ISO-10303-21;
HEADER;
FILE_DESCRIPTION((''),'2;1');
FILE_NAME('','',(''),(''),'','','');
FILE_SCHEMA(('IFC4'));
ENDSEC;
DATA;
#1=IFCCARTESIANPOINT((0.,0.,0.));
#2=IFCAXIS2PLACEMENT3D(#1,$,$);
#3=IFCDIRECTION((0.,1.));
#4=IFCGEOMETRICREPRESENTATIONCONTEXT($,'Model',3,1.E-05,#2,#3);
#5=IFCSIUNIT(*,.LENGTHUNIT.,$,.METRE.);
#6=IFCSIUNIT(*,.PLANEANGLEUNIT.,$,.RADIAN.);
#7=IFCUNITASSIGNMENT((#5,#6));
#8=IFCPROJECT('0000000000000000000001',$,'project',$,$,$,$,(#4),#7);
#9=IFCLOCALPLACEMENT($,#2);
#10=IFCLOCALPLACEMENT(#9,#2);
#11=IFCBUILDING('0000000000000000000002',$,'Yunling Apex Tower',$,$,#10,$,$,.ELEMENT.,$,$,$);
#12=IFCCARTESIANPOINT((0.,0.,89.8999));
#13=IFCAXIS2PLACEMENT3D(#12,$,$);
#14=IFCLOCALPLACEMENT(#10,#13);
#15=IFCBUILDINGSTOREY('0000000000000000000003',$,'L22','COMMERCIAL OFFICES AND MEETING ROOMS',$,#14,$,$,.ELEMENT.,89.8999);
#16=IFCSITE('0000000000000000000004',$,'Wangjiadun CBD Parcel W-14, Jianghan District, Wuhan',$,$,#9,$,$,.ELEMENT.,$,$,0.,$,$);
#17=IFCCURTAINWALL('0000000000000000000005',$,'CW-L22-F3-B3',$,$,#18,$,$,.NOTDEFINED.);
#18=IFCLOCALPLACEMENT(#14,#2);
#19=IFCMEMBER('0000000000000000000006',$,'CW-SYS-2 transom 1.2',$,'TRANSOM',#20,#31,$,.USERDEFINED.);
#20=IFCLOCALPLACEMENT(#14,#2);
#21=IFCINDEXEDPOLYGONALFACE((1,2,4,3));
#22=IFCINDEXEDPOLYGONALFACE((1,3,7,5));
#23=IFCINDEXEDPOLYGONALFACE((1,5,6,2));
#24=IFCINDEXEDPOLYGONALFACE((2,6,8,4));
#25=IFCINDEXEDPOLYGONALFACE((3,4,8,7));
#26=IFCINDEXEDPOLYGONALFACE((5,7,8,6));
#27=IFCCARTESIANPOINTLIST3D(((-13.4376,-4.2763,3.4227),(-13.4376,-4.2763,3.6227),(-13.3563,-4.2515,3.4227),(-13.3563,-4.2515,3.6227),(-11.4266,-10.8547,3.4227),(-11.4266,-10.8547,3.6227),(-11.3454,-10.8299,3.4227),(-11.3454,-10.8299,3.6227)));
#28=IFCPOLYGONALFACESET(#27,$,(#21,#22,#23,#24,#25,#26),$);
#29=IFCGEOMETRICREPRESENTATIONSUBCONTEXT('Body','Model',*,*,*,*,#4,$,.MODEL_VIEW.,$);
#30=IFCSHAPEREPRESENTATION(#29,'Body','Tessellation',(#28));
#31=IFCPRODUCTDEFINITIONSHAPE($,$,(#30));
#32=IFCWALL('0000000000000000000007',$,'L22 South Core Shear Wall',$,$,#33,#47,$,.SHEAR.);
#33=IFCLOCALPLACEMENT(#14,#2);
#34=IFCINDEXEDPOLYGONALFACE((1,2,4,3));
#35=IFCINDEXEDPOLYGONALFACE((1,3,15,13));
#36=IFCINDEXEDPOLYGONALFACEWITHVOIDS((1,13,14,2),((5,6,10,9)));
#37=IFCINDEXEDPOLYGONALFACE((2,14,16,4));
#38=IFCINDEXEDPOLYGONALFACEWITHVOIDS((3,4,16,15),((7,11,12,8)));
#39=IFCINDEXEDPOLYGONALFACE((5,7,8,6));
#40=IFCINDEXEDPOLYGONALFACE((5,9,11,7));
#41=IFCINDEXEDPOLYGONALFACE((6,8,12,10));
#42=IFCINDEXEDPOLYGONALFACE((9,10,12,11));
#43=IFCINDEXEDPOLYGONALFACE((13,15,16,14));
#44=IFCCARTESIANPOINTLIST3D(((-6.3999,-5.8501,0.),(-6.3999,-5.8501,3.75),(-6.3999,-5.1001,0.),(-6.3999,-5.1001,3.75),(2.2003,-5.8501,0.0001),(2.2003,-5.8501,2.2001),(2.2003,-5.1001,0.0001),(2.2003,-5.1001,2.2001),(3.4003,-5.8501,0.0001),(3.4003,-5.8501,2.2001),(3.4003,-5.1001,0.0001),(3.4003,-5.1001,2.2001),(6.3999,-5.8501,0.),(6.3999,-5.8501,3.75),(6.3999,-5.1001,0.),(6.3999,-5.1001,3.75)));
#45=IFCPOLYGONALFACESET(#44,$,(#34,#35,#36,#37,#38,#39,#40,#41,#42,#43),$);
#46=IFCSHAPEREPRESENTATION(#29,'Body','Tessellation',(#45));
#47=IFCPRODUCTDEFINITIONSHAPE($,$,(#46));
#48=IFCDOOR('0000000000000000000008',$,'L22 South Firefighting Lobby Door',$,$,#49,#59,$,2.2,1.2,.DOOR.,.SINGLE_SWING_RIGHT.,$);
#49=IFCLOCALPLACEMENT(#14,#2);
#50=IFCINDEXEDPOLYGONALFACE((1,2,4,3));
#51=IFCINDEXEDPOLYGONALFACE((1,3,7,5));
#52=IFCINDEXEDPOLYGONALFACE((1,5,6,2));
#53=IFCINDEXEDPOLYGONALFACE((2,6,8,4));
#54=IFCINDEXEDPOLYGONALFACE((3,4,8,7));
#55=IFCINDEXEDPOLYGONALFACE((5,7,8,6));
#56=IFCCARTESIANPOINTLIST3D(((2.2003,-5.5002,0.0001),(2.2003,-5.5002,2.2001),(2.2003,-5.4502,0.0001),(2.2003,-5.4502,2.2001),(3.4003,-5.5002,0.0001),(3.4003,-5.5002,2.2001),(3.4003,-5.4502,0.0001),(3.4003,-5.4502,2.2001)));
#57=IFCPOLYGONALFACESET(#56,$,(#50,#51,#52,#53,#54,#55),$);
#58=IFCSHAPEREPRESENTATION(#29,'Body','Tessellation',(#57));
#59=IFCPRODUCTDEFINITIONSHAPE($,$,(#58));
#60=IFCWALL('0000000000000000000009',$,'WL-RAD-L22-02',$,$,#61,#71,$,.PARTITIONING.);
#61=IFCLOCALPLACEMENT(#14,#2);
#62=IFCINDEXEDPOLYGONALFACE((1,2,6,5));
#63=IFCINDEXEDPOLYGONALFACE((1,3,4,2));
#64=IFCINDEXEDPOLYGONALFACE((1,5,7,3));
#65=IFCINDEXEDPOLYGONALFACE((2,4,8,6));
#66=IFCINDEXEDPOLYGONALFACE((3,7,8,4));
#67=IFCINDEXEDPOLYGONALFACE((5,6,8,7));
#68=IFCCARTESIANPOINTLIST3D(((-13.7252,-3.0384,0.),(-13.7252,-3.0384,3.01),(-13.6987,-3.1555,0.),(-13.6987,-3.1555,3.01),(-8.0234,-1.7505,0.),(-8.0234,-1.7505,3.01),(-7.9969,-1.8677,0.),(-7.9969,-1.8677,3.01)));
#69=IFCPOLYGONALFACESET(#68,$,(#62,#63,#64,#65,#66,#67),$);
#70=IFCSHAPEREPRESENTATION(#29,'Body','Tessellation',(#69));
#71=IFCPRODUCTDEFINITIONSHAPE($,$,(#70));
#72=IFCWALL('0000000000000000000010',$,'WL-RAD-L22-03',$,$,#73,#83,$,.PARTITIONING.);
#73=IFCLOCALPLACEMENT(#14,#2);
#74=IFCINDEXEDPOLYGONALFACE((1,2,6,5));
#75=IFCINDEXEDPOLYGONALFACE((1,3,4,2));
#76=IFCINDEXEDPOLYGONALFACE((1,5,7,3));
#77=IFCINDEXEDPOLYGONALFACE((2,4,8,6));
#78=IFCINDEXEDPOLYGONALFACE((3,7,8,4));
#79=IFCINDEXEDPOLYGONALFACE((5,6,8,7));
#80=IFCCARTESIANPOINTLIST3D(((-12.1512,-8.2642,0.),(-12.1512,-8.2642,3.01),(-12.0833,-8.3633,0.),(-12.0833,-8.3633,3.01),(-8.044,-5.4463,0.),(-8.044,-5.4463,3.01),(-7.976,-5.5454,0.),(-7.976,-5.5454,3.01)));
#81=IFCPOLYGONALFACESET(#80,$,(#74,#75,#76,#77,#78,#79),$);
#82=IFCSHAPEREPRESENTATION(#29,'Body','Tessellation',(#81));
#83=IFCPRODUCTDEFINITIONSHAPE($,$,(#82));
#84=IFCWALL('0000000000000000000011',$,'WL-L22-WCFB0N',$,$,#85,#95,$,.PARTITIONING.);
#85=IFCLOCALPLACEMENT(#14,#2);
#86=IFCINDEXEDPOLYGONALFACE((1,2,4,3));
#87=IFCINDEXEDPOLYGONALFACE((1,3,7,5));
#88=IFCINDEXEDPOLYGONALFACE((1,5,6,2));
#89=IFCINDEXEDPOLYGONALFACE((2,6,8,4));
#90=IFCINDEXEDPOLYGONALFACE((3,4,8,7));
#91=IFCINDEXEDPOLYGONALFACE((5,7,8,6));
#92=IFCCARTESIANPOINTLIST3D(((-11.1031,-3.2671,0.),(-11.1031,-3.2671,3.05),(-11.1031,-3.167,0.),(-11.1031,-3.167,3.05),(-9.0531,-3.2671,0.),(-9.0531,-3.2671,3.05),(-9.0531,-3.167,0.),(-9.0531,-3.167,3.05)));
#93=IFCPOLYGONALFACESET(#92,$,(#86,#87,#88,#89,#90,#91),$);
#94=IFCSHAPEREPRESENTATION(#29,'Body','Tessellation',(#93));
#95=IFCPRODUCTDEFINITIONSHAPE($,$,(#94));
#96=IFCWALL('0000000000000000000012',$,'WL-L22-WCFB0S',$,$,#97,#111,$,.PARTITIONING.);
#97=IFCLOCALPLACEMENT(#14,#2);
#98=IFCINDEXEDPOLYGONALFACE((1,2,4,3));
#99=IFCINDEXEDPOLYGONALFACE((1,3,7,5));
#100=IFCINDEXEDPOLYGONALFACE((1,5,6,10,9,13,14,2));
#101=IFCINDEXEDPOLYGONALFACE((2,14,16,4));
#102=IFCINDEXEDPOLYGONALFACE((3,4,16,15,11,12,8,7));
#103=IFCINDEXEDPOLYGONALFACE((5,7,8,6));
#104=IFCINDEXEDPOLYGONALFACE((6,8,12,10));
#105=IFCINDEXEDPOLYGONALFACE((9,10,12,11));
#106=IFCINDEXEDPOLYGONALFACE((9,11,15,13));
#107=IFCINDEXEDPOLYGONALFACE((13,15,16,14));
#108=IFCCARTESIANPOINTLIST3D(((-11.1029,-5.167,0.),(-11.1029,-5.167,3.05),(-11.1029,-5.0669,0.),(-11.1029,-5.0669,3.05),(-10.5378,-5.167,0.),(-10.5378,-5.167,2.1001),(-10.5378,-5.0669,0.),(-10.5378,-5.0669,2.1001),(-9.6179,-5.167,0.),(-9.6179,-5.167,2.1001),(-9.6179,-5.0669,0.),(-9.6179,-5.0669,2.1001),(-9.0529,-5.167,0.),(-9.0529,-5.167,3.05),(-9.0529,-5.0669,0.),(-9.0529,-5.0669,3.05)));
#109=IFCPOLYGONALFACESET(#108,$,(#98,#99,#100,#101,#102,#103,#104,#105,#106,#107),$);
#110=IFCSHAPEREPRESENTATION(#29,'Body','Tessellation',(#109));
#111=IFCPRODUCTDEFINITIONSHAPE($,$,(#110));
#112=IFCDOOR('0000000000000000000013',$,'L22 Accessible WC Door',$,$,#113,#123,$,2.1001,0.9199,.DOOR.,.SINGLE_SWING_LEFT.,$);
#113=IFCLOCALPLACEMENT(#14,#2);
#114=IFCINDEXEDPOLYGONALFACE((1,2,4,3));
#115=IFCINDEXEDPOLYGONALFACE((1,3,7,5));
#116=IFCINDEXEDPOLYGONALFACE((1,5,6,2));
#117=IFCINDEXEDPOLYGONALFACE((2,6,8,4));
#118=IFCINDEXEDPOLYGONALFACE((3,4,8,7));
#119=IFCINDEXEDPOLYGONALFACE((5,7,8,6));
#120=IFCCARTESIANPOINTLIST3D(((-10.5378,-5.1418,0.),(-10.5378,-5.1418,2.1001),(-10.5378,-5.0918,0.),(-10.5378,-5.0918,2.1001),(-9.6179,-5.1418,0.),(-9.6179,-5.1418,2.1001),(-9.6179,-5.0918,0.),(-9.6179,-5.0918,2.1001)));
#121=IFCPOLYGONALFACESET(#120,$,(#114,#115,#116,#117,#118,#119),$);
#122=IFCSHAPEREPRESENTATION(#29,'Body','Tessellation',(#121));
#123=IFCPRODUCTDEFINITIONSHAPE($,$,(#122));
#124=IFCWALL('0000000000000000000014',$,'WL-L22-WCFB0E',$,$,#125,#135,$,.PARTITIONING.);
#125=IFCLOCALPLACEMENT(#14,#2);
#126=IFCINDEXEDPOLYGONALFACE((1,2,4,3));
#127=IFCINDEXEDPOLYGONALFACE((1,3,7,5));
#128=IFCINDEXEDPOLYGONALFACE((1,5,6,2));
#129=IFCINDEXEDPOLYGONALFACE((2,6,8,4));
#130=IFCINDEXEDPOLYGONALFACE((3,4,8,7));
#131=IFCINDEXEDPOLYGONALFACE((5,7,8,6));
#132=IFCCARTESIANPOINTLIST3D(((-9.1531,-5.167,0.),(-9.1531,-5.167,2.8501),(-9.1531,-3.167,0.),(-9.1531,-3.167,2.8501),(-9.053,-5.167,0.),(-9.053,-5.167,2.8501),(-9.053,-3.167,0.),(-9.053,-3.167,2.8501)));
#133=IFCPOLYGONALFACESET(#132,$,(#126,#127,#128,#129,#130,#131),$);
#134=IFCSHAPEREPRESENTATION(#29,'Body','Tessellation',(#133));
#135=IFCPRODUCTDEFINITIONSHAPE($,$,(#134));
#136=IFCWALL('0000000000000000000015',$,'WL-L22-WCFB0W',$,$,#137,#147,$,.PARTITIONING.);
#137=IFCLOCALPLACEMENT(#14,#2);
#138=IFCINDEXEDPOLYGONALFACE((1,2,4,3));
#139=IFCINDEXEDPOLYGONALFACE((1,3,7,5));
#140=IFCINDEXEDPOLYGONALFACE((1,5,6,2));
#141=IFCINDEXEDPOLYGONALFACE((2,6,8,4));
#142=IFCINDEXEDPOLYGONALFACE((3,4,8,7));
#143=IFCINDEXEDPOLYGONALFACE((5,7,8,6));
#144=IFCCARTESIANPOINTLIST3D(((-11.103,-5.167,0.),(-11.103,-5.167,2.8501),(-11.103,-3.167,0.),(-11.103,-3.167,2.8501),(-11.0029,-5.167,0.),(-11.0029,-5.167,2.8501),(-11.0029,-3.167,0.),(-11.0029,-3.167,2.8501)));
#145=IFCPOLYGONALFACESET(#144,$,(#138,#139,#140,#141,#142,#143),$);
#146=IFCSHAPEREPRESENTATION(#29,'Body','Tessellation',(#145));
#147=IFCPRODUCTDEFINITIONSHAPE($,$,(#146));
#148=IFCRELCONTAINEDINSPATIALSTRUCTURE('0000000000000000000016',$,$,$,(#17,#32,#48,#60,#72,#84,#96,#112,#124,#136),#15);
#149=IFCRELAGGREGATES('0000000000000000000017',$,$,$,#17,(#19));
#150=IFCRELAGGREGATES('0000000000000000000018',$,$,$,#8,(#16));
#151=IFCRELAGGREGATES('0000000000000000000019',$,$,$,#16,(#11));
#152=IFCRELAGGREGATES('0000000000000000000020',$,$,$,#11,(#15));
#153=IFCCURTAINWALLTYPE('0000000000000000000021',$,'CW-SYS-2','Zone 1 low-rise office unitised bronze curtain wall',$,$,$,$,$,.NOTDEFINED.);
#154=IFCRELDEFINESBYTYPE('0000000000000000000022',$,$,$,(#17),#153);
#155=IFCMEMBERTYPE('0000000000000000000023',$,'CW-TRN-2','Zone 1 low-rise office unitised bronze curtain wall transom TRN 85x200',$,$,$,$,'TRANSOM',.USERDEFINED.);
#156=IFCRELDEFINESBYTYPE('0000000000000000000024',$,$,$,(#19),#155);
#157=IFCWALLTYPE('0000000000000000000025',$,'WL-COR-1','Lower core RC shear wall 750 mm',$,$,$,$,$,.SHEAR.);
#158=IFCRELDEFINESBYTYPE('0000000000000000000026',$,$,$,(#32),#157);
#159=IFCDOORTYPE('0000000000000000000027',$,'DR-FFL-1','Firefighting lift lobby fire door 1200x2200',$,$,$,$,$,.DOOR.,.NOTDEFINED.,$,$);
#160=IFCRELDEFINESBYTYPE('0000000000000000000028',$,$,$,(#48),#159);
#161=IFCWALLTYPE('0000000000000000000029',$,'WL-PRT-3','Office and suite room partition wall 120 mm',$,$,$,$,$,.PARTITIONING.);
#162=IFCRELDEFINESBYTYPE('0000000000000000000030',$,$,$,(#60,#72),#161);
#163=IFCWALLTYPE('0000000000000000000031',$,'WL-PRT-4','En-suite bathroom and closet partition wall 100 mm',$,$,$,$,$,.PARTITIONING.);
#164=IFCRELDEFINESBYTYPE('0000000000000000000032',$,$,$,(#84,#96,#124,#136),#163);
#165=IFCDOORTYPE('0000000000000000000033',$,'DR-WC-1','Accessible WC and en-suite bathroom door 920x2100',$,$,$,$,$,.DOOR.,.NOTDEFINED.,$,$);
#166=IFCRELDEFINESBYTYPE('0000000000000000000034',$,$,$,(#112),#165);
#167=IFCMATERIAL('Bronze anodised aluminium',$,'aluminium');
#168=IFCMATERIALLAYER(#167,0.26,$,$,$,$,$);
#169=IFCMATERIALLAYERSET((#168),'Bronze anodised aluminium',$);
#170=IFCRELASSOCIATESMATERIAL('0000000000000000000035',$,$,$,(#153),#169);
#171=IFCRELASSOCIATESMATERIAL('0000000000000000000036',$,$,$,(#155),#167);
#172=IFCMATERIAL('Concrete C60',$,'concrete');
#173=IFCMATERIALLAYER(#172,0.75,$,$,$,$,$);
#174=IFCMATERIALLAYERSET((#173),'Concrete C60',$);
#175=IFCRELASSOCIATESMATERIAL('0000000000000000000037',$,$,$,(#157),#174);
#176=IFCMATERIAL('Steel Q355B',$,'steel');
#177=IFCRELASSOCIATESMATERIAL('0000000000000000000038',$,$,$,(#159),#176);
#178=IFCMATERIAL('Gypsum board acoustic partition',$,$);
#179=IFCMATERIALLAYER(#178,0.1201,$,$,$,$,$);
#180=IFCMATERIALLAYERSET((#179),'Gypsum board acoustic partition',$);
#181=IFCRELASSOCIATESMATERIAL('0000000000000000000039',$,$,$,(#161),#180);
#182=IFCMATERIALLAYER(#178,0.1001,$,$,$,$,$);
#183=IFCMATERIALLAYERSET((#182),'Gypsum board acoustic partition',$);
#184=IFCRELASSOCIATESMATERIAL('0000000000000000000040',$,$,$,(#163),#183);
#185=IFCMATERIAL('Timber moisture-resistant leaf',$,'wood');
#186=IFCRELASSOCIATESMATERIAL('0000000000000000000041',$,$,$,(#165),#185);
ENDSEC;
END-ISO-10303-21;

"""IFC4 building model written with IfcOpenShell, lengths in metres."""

from ifc_helpers import new_model, si_unit, direction, frame, frame_2d, origin, origin_2d, place, context, subcontext, project, spatial, rectangle, extrude, source, transform, mapped, material, layer, layer_set, material_profile, profile_set, type_object, element, fill, aggregate, save


model = new_model("IFC4")

# Units and contexts
model_context = context("Model", 3, precision=1e-05, world=origin(), true_north=direction((0.0, 1.0)))
body_context = subcontext(model_context, "Body", "Model", "MODEL_VIEW")
ifc_project = project(units=[si_unit("LENGTHUNIT", "METRE"), si_unit("PLANEANGLEUNIT", "RADIAN")], contexts=[model_context])

# Site, building, storey
site_placement = place(None, origin())
site = spatial("IfcSite", under=ifc_project, at=site_placement, Name="Wangjiadun CBD Parcel W-14, Jianghan District, Wuhan", CompositionType="ELEMENT", RefElevation=0.0)
building_placement = place(site_placement, origin())
building = spatial("IfcBuilding", under=site, at=building_placement, Name="Yunling Apex Tower", CompositionType="ELEMENT")
storey_placement = place(building_placement, frame((0.0, 0.0, 89.8999)))
storey = spatial("IfcBuildingStorey", under=building, at=storey_placement, Name="L22", Description="COMMERCIAL OFFICES AND MEETING ROOMS", CompositionType="ELEMENT", Elevation=89.8999)

# Shared definitions
ifc_material_1 = material(Name="Steel Q355B", Category="steel")

# Shared definitions
ifc_material_2 = material(Name="Bronze anodised aluminium", Category="aluminium")
ifc_layer_1 = layer(ifc_material_2, 0.26)
ifc_layer_set_1 = layer_set([ifc_layer_1], Name="Bronze anodised aluminium")
curtain_wall_type = type_object("IfcCurtainWallType", Name="CW-SYS-2", Description="Zone 1 low-rise office unitised bronze curtain wall", PredefinedType="NOTDEFINED", material=ifc_layer_set_1)

# Curtain wall, member
curtain_wall_1_placement = place(storey_placement, origin())
curtain_wall_1 = element("IfcCurtainWall", 1, at=curtain_wall_1_placement, inside=storey, type_object=curtain_wall_type, Name="CW-L22-F3-B3", PredefinedType="NOTDEFINED")
ifc_material_profile_1 = material_profile(ifc_material_2, rectangle(XDim=0.085, YDim=0.2, at=origin_2d()))
ifc_profile_set_1 = profile_set([ifc_material_profile_1], Name="Bronze anodised aluminium")
member_type_1 = type_object("IfcMemberType", Name="CW-TRN-2", Description="Zone 1 low-rise office unitised bronze curtain wall transom TRN 85x200", ElementType="TRANSOM", PredefinedType="USERDEFINED", material=ifc_profile_set_1)
shared_shape_1 = source(origin(), body_context, "Body", "SweptSolid", [
    extrude(rectangle(XDim=0.085, YDim=0.2, at=origin_2d()), origin(), (0.0, 0.0, 1.0), 6.8789),
])
member_1_placement = place(storey_placement, frame((-13.397, -4.2639, 3.5227), z_axis=(0.292342, -0.956314, 0.0), x_axis=(0.956314, 0.292342, 0.0)))
member_1 = element("IfcMember", 2, at=member_1_placement, type_object=member_type_1, Name="CW-SYS-2 transom 1.2", ObjectType="TRANSOM", PredefinedType="USERDEFINED", context=body_context, shape_type="MappedRepresentation", body=[
    mapped(shared_shape_1, transform((0.0, 0.0, 0.0), scale=1.0)),
])
aggregate(curtain_wall_1, [member_1])

# Wall, opening, door
ifc_material_3 = material(Name="Concrete C60", Category="concrete")
ifc_layer_2 = layer(ifc_material_3, 0.75)
ifc_layer_set_2 = layer_set([ifc_layer_2], Name="Concrete C60")
wall_type_1 = type_object("IfcWallType", Name="WL-COR-1", Description="Lower core RC shear wall 750 mm", PredefinedType="SHEAR", material=ifc_layer_set_2)
wall_1_placement = place(storey_placement, frame((-6.3999, -5.4751, 0.0), z_axis=(0.0, 0.0, 1.0), x_axis=(1.0, 0.0, 0.0)))
wall_1 = element("IfcWall", 3, at=wall_1_placement, inside=storey, type_object=wall_type_1, Name="L22 South Core Shear Wall", PredefinedType="SHEAR", context=body_context, shape_type="SweptSolid", body=[
    extrude(rectangle(XDim=12.7998, YDim=0.75, at=frame_2d((6.3999, 0.0))), origin(), (0.0, 0.0, 1.0), 3.75),
])
opening_1_placement = place(wall_1_placement, frame((8.6001, 0.0, 0.0)))
opening_1 = element("IfcOpeningElement", 4, at=opening_1_placement, cuts=wall_1, PredefinedType="OPENING", context=body_context, shape_type="SweptSolid", body=[
    extrude(rectangle(XDim=1.2, YDim=2.2, at=frame_2d((0.6001, 1.1001))), frame((0.0, 0.385, 0.0), z_axis=(0.0, -1.0, 0.0), x_axis=(1.0, 0.0, 0.0)), (0.0, 0.0, 1.0), 0.77),
])
door_type_1 = type_object("IfcDoorType", Name="DR-FFL-1", Description="Firefighting lift lobby fire door 1200x2200", OperationType="NOTDEFINED", PredefinedType="DOOR", material=ifc_material_1)
door_1_placement = place(opening_1_placement, origin())
door_1 = element("IfcDoor", 5, at=door_1_placement, inside=storey, type_object=door_type_1, Name="L22 South Firefighting Lobby Door", OperationType="SINGLE_SWING_RIGHT", OverallHeight=2.2, OverallWidth=1.2, PredefinedType="DOOR", context=body_context, shape_type="SweptSolid", body=[
    extrude(rectangle(XDim=1.2, YDim=2.2, at=frame_2d((0.6001, 1.1001))), frame((0.0, 0.0249, 0.0), z_axis=(0.0, -1.0, 0.0), x_axis=(1.0, 0.0, 0.0)), (0.0, 0.0, 1.0), 0.05),
])
fill(opening_1, door_1)

# Walls
ifc_material_4 = material(Name="Gypsum board acoustic partition")
ifc_layer_3 = layer(ifc_material_4, 0.1201)
ifc_layer_set_3 = layer_set([ifc_layer_3], Name="Gypsum board acoustic partition")
wall_type_2 = type_object("IfcWallType", Name="WL-PRT-3", Description="Office and suite room partition wall 120 mm", PredefinedType="PARTITIONING", material=ifc_layer_set_3)
wall_2_placement = place(storey_placement, frame((-8.01, -1.8091, 0.0), z_axis=(0.0, 0.0, 1.0), x_axis=(-0.975429, -0.220312, 0.0)))
element("IfcWall", 6, at=wall_2_placement, inside=storey, type_object=wall_type_2, Name="WL-RAD-L22-02", PredefinedType="PARTITIONING", context=body_context, shape_type="SweptSolid", body=[
    extrude(rectangle(XDim=5.8455, YDim=0.1201, at=frame_2d((2.9229, 0.0))), origin(), (0.0, 0.0, 1.0), 3.01),
])
wall_3_placement = place(storey_placement, frame((-8.01, -5.4958, 0.0), z_axis=(0.0, 0.0, 1.0), x_axis=(-0.824586, -0.565736, 0.0)))
element("IfcWall", 7, at=wall_3_placement, inside=storey, type_object=wall_type_2, Name="WL-RAD-L22-03", PredefinedType="PARTITIONING", context=body_context, shape_type="SweptSolid", body=[
    extrude(rectangle(XDim=4.981, YDim=0.1201, at=frame_2d((2.4905, 0.0))), origin(), (0.0, 0.0, 1.0), 3.01),
])
ifc_layer_4 = layer(ifc_material_4, 0.1001)
ifc_layer_set_4 = layer_set([ifc_layer_4], Name="Gypsum board acoustic partition")
wall_type_3 = type_object("IfcWallType", Name="WL-PRT-4", Description="En-suite bathroom and closet partition wall 100 mm", PredefinedType="PARTITIONING", material=ifc_layer_set_4)
wall_4_placement = place(storey_placement, frame((-11.103, -3.217, 0.0), z_axis=(0.0, 0.0, 1.0), x_axis=(1.0, 0.0, 0.0)))
element("IfcWall", 8, at=wall_4_placement, inside=storey, type_object=wall_type_3, Name="WL-L22-WCFB0N", PredefinedType="PARTITIONING", context=body_context, shape_type="SweptSolid", body=[
    extrude(rectangle(XDim=2.05, YDim=0.1001, at=frame_2d((1.0249, 0.0))), origin(), (0.0, 0.0, 1.0), 3.05),
])

# Wall, opening, door
wall_5_placement = place(storey_placement, frame((-9.053, -5.1169, 0.0), z_axis=(0.0, 0.0, 1.0), x_axis=(-1.0, 0.0, 0.0)))
wall_5 = element("IfcWall", 9, at=wall_5_placement, inside=storey, type_object=wall_type_3, Name="WL-L22-WCFB0S", PredefinedType="PARTITIONING", context=body_context, shape_type="SweptSolid", body=[
    extrude(rectangle(XDim=2.05, YDim=0.1001, at=frame_2d((1.0249, 0.0))), origin(), (0.0, 0.0, 1.0), 3.05),
])
opening_2_placement = place(wall_5_placement, frame((0.5649, 0.0, 0.0)))
opening_2 = element("IfcOpeningElement", 10, at=opening_2_placement, cuts=wall_5, PredefinedType="OPENING", context=body_context, shape_type="SweptSolid", body=[
    extrude(rectangle(XDim=0.9199, YDim=2.1001, at=frame_2d((0.46, 1.05))), frame((0.0, 0.0601, 0.0), z_axis=(0.0, -1.0, 0.0), x_axis=(1.0, 0.0, 0.0)), (0.0, 0.0, 1.0), 0.1201),
])
ifc_material_5 = material(Name="Timber moisture-resistant leaf", Category="wood")
door_type_2 = type_object("IfcDoorType", Name="DR-WC-1", Description="Accessible WC and en-suite bathroom door 920x2100", OperationType="NOTDEFINED", PredefinedType="DOOR", material=ifc_material_5)
door_2_placement = place(opening_2_placement, origin())
door_2 = element("IfcDoor", 11, at=door_2_placement, inside=storey, type_object=door_type_2, Name="L22 Accessible WC Door", OperationType="SINGLE_SWING_LEFT", OverallHeight=2.1001, OverallWidth=0.9199, PredefinedType="DOOR", context=body_context, shape_type="SweptSolid", body=[
    extrude(rectangle(XDim=0.9199, YDim=2.1001, at=frame_2d((0.46, 1.05))), frame((0.0, 0.0249, 0.0), z_axis=(0.0, -1.0, 0.0), x_axis=(1.0, 0.0, 0.0)), (0.0, 0.0, 1.0), 0.05),
])
fill(opening_2, door_2)

# Walls
for number, where, z_axis, x_axis, name in (
    (12, (-9.103, -3.167, 0.0), (0.0, 0.0, 1.0), (0.0, -1.0, 0.0), "WL-L22-WCFB0E"),
    (13, (-11.053, -5.167, 0.0), (0.0, 0.0, 1.0), (0.0, 1.0, 0.0), "WL-L22-WCFB0W"),
):
    element("IfcWall", number, at=place(storey_placement, frame(where, z_axis=z_axis, x_axis=x_axis)), inside=storey, type_object=wall_type_3, Name=name, PredefinedType="PARTITIONING", context=body_context, shape_type="SweptSolid", body=[
        extrude(rectangle(XDim=2.0, YDim=0.1001, at=frame_2d((1.0, 0.0))), origin(), (0.0, 0.0, 1.0), 2.8501),
    ])

save(model, "model.ifc")
